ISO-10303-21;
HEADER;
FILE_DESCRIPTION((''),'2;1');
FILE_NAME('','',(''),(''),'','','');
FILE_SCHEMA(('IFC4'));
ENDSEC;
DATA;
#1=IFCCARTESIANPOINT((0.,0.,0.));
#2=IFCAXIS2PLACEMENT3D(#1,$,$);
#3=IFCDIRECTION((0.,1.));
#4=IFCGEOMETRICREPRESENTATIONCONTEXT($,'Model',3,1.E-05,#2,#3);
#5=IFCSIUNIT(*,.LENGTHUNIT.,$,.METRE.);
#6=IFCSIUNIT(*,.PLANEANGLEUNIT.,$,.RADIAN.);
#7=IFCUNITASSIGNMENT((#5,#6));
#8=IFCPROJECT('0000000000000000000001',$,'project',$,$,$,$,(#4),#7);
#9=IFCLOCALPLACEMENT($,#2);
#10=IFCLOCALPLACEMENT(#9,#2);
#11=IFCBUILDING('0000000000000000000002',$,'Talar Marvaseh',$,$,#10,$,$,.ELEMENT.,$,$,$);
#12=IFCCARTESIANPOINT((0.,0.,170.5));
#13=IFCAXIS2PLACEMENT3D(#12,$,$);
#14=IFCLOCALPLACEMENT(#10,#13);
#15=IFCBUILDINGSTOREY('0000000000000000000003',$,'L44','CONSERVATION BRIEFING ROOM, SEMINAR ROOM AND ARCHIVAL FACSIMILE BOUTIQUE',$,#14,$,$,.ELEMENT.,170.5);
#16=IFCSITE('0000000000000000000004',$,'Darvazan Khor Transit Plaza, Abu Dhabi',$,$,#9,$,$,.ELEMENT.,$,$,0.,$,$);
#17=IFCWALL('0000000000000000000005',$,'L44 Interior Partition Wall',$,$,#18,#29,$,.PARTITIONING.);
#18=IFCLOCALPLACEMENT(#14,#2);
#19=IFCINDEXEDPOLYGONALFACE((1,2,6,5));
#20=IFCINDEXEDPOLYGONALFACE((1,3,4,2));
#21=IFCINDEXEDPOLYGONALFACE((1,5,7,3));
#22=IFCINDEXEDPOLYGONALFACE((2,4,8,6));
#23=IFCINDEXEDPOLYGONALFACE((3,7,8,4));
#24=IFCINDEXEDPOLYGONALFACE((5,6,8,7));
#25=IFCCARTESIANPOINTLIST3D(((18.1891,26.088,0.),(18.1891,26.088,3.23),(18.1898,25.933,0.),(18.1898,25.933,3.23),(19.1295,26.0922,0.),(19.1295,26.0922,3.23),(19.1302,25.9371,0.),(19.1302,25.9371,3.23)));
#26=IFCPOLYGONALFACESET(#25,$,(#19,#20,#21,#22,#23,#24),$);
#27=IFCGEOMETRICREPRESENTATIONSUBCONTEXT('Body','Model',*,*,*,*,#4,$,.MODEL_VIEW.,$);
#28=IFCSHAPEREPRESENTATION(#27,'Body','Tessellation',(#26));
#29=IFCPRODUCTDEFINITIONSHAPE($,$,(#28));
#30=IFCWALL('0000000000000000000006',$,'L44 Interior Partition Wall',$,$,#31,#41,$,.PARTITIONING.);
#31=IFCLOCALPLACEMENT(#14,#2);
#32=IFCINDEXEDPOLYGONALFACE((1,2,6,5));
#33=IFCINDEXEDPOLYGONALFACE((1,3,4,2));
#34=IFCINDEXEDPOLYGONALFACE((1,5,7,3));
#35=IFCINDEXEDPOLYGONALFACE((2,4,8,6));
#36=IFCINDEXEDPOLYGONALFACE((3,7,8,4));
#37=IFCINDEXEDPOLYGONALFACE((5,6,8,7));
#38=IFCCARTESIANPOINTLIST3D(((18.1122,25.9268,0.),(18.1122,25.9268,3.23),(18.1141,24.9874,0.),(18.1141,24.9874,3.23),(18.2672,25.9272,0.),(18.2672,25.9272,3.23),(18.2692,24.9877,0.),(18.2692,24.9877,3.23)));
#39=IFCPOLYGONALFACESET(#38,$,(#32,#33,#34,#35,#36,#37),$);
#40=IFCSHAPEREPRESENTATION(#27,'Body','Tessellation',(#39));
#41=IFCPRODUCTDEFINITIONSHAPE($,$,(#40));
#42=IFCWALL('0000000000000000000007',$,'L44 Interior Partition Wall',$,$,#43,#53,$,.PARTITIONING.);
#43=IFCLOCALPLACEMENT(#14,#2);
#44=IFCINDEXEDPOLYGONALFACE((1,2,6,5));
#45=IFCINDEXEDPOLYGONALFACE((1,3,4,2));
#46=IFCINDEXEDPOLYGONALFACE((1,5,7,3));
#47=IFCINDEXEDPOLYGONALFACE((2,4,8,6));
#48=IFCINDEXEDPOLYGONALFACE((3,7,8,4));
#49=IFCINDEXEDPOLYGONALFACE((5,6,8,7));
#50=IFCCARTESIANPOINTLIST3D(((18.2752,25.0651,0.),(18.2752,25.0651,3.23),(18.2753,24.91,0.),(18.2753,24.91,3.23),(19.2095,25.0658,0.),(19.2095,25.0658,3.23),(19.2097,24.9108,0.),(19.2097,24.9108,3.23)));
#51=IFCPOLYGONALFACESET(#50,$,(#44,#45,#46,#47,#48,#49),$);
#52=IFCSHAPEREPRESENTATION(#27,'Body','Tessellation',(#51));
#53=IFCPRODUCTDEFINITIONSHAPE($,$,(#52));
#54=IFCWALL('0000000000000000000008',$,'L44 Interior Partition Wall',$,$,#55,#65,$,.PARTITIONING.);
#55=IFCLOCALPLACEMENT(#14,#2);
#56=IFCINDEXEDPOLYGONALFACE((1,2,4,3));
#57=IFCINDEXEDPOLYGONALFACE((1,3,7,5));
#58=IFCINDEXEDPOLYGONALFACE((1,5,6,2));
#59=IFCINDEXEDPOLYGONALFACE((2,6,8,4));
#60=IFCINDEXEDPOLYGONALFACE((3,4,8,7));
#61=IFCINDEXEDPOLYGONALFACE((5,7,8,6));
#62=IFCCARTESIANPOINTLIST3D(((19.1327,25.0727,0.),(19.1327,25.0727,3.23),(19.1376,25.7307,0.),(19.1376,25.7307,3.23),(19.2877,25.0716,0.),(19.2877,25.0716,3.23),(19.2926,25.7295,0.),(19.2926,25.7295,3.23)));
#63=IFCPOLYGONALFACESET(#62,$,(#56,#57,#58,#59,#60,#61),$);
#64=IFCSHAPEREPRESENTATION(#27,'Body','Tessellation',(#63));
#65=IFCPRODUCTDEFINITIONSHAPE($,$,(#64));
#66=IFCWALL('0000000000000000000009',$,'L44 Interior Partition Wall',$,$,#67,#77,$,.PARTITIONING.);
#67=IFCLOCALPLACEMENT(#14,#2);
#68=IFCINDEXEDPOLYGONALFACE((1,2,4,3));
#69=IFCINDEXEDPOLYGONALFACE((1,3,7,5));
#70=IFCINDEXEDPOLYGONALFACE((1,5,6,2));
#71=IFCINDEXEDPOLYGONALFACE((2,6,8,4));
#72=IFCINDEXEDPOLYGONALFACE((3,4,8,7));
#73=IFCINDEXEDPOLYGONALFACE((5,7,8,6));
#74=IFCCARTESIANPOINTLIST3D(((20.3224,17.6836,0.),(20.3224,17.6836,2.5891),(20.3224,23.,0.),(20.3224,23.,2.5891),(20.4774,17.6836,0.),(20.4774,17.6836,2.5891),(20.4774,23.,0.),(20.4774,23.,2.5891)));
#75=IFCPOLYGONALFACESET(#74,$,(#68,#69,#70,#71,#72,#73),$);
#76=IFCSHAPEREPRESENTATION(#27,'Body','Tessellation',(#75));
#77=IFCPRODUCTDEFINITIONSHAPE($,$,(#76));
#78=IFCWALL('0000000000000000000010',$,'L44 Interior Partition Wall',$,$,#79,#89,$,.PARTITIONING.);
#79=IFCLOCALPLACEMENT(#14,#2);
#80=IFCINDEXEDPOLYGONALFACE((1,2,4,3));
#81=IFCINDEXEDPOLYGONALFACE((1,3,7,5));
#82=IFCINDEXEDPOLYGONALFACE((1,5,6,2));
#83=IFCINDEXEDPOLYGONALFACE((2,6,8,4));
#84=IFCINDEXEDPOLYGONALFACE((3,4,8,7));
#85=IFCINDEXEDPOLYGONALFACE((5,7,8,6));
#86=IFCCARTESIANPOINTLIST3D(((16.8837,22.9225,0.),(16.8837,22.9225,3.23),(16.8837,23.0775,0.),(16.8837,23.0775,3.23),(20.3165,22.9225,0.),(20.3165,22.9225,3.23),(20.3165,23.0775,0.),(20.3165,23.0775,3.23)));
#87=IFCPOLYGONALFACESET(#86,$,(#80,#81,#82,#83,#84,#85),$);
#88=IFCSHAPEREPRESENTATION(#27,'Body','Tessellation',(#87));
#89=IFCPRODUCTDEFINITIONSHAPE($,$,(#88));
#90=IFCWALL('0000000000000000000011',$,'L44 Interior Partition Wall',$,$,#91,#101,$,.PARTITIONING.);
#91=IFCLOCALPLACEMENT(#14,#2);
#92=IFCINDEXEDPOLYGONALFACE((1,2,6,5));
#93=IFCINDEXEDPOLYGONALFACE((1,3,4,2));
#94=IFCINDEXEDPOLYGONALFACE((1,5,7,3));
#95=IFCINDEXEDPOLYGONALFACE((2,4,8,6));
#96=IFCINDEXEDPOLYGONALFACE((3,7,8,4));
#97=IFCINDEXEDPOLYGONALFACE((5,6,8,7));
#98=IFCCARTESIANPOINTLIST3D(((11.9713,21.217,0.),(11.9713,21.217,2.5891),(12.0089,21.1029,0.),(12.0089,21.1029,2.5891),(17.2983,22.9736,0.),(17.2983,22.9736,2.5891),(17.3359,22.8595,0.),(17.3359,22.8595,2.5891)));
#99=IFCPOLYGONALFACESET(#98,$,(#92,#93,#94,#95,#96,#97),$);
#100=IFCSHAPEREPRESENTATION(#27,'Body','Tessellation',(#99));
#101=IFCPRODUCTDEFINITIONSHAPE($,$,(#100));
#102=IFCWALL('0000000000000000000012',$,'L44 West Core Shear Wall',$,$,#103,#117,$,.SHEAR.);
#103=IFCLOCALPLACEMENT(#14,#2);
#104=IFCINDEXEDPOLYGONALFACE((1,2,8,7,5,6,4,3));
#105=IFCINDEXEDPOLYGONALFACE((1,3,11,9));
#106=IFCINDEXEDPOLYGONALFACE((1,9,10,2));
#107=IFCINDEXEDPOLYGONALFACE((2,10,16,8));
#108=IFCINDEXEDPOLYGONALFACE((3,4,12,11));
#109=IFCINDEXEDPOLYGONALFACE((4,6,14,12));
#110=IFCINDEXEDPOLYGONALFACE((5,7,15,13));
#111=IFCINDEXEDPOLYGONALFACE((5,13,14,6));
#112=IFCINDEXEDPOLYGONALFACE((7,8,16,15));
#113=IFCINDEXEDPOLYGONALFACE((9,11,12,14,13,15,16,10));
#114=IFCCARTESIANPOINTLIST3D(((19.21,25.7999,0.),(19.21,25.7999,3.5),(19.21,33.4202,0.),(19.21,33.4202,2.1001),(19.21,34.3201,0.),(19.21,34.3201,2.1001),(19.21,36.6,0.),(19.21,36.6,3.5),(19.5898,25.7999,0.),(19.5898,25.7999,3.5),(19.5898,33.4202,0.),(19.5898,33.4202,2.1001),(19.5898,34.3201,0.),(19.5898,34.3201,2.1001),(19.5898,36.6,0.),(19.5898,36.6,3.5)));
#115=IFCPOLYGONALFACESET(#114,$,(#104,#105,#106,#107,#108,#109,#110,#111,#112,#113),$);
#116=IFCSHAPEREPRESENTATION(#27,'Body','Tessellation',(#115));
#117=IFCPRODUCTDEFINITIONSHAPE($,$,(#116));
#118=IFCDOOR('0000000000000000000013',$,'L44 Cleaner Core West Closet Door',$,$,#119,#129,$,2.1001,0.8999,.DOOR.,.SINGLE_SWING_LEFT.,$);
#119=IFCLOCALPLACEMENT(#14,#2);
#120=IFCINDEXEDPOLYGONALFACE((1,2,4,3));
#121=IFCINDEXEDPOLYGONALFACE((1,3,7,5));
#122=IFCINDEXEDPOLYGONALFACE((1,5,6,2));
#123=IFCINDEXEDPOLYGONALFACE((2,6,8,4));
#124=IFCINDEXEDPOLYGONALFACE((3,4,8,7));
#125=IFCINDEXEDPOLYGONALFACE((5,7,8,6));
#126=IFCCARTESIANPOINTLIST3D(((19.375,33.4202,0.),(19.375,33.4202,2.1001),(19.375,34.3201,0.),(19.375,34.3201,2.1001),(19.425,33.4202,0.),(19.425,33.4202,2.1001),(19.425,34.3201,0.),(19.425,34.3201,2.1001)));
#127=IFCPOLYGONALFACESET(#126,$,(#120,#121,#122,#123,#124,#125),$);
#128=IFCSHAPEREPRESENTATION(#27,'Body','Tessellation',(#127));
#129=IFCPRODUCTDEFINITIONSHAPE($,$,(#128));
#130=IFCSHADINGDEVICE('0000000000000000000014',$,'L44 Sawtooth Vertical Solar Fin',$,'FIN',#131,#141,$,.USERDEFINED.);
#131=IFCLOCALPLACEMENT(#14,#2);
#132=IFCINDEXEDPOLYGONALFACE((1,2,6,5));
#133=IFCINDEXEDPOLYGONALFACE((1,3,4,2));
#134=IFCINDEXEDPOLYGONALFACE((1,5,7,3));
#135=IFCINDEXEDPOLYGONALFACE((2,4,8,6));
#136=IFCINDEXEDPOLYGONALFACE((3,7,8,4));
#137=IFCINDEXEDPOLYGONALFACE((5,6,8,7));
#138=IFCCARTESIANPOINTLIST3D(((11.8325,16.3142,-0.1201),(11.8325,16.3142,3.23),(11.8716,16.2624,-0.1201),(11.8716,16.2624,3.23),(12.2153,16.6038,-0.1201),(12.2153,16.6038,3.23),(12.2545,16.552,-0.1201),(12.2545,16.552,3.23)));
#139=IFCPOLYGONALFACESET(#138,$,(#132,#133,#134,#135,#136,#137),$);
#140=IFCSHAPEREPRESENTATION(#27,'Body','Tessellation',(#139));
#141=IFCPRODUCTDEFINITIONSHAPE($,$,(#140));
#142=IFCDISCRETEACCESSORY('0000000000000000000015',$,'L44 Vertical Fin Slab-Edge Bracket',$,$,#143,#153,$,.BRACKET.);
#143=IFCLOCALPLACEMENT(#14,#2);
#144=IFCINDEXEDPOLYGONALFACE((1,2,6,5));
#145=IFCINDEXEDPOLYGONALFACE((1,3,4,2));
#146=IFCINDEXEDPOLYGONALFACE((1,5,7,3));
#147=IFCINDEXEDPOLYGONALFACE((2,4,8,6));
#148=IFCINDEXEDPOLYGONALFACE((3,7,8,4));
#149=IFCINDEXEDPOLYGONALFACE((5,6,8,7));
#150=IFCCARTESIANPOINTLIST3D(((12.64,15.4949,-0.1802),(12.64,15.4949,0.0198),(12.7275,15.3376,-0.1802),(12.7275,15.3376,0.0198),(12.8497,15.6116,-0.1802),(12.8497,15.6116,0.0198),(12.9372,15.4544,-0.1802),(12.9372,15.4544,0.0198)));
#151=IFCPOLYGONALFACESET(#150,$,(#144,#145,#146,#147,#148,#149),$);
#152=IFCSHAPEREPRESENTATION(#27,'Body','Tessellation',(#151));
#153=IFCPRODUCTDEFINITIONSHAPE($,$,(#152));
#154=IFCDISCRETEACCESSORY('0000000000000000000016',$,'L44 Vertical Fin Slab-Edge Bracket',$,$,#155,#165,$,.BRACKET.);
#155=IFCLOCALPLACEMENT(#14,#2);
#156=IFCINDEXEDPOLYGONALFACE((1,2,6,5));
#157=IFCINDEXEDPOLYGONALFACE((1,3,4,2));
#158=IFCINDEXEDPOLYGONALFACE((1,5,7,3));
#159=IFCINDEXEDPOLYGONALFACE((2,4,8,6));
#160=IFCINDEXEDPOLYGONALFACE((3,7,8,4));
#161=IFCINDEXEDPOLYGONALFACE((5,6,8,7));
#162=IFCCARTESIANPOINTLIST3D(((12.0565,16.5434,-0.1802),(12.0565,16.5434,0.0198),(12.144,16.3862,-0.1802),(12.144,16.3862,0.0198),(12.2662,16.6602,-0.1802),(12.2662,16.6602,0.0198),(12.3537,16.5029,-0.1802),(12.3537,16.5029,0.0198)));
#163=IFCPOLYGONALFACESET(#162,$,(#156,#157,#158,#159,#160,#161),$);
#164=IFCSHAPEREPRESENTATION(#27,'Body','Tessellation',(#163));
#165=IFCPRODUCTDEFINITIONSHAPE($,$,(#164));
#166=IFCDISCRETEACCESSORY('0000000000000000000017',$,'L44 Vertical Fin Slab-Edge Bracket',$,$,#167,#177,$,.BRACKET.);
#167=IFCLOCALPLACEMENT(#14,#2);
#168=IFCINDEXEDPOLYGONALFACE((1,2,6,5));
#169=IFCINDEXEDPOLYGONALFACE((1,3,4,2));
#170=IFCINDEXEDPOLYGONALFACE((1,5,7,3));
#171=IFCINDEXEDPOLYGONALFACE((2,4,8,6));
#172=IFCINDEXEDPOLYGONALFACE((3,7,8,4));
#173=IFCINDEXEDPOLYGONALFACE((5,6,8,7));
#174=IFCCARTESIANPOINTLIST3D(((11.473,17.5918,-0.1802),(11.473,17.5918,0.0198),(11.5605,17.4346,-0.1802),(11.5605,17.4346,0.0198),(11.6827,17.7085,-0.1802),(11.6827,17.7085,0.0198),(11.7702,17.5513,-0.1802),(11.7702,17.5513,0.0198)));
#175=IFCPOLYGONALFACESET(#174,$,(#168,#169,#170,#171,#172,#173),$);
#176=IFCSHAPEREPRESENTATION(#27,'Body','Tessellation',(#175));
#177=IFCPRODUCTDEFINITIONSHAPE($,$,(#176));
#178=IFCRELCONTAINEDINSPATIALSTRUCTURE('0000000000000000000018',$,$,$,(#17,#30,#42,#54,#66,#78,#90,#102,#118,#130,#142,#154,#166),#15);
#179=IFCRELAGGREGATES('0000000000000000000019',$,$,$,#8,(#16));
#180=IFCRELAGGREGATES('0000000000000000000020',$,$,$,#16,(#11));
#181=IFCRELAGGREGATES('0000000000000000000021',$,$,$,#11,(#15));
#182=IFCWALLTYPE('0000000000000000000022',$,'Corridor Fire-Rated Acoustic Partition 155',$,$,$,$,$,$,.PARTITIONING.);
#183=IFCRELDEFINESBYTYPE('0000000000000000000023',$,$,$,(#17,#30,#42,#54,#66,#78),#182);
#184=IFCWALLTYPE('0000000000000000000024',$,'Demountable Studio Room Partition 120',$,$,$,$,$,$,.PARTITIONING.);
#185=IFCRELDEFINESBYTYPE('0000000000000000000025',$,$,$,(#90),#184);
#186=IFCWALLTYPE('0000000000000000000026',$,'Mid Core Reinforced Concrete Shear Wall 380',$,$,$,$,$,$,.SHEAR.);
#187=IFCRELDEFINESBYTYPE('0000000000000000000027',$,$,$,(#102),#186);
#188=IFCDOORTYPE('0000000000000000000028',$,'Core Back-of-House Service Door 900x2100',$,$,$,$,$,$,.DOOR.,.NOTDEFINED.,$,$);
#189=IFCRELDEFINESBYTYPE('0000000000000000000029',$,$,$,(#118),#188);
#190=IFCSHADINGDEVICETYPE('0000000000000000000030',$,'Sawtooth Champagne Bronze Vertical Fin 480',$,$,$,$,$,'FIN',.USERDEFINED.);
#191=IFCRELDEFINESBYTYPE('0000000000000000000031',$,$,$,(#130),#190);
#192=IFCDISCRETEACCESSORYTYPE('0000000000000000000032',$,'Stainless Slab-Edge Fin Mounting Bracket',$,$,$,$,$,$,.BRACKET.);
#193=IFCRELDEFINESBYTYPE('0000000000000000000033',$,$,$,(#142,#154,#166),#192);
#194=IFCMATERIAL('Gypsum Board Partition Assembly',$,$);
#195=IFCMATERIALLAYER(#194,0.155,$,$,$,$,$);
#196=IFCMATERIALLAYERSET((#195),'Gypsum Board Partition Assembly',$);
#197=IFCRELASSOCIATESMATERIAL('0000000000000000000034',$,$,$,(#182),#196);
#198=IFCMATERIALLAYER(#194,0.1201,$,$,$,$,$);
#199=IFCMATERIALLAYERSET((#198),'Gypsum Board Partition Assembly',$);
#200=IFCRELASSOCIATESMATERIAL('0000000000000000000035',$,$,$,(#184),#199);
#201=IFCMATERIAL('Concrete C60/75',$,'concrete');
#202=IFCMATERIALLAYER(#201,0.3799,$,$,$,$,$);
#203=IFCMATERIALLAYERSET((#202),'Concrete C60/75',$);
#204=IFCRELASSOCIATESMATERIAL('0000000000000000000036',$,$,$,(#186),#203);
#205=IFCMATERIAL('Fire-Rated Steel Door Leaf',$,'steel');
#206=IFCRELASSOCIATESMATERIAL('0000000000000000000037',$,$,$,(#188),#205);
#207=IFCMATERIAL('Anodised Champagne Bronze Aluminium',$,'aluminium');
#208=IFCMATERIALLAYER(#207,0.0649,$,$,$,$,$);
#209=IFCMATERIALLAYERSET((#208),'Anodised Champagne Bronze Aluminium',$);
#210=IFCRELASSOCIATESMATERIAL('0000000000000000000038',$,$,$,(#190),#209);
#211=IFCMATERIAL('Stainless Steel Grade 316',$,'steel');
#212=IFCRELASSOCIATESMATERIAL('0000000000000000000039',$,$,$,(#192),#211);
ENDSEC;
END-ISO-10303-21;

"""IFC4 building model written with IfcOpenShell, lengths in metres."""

from ifc_helpers import new_model, si_unit, direction, frame, frame_2d, origin, origin_2d, place, context, subcontext, project, spatial, rectangle, extrude, source, transform, mapped, material, layer, layer_set, type_object, type_shapes, element, fill, save


model = new_model("IFC4")

# Units and contexts
model_context = context("Model", 3, precision=1e-05, world=origin(), true_north=direction((0.0, 1.0)))
body_context = subcontext(model_context, "Body", "Model", "MODEL_VIEW")
ifc_project = project(units=[si_unit("LENGTHUNIT", "METRE"), si_unit("PLANEANGLEUNIT", "RADIAN")], contexts=[model_context])

# Site, building, storey
site_placement = place(None, origin())
site = spatial("IfcSite", under=ifc_project, at=site_placement, Name="Darvazan Khor Transit Plaza, Abu Dhabi", CompositionType="ELEMENT", RefElevation=0.0)
building_placement = place(site_placement, origin())
building = spatial("IfcBuilding", under=site, at=building_placement, Name="Talar Marvaseh", CompositionType="ELEMENT")
storey_placement = place(building_placement, frame((0.0, 0.0, 170.5)))
storey = spatial("IfcBuildingStorey", under=building, at=storey_placement, Name="L44", Description="CONSERVATION BRIEFING ROOM, SEMINAR ROOM AND ARCHIVAL FACSIMILE BOUTIQUE", CompositionType="ELEMENT", Elevation=170.5)

# Shared definitions
ifc_material_1 = material(Name="Concrete C60/75", Category="concrete")

# Shared definitions
ifc_material_2 = material(Name="Gypsum Board Partition Assembly")
ifc_layer_1 = layer(ifc_material_2, 0.155)
ifc_layer_set_1 = layer_set([ifc_layer_1], Name="Gypsum Board Partition Assembly")
wall_type_1 = type_object("IfcWallType", Name="Corridor Fire-Rated Acoustic Partition 155", PredefinedType="PARTITIONING", material=ifc_layer_set_1)

# Walls
wall_1_placement = place(storey_placement, frame((19.1299, 26.0146, 0.0), z_axis=(0.0, 0.0, 1.0), x_axis=(-0.99999, -0.004413, 0.0)))
element("IfcWall", 1, at=wall_1_placement, inside=storey, type_object=wall_type_1, Name="L44 Interior Partition Wall", PredefinedType="PARTITIONING", context=body_context, shape_type="SweptSolid", body=[
    extrude(rectangle(XDim=0.9404, YDim=0.155, at=frame_2d((0.4702, 0.0))), origin(), (0.0, 0.0, 1.0), 3.23),
])
wall_2_placement = place(storey_placement, frame((18.1897, 25.927, 0.0), z_axis=(0.0, 0.0, 1.0), x_axis=(0.002079, -0.999998, 0.0)))
element("IfcWall", 2, at=wall_2_placement, inside=storey, type_object=wall_type_1, Name="L44 Interior Partition Wall", PredefinedType="PARTITIONING", context=body_context, shape_type="SweptSolid", body=[
    extrude(rectangle(XDim=0.9395, YDim=0.155, at=frame_2d((0.4697, 0.0))), origin(), (0.0, 0.0, 1.0), 3.23),
])
wall_3_placement = place(storey_placement, frame((18.2751, 24.9875, 0.0), z_axis=(0.0, 0.0, 1.0), x_axis=(1.0, 0.000784, 0.0)))
element("IfcWall", 3, at=wall_3_placement, inside=storey, type_object=wall_type_1, Name="L44 Interior Partition Wall", PredefinedType="PARTITIONING", context=body_context, shape_type="SweptSolid", body=[
    extrude(rectangle(XDim=0.9343, YDim=0.155, at=frame_2d((0.4673, 0.0))), origin(), (0.0, 0.0, 1.0), 3.23),
])
wall_4_placement = place(storey_placement, frame((19.2102, 25.072, 0.0), z_axis=(0.0, 0.0, 1.0), x_axis=(0.007421, 0.999972, 0.0)))
element("IfcWall", 4, at=wall_4_placement, inside=storey, type_object=wall_type_1, Name="L44 Interior Partition Wall", PredefinedType="PARTITIONING", context=body_context, shape_type="SweptSolid", body=[
    extrude(rectangle(XDim=0.658, YDim=0.155, at=frame_2d((0.3291, 0.0))), origin(), (0.0, 0.0, 1.0), 3.23),
])
wall_5_placement = place(storey_placement, frame((20.3999, 17.6836, 0.0), z_axis=(0.0, 0.0, 1.0), x_axis=(0.0, 1.0, 0.0)))
element("IfcWall", 5, at=wall_5_placement, inside=storey, type_object=wall_type_1, Name="L44 Interior Partition Wall", PredefinedType="PARTITIONING", context=body_context, shape_type="SweptSolid", body=[
    extrude(rectangle(XDim=5.3164, YDim=0.155, at=frame_2d((2.6582, 0.0))), origin(), (0.0, 0.0, 1.0), 2.5891),
])
wall_6_placement = place(storey_placement, frame((20.3164, 23.0, 0.0), z_axis=(0.0, 0.0, 1.0), x_axis=(-1.0, 0.0, 0.0)))
element("IfcWall", 6, at=wall_6_placement, inside=storey, type_object=wall_type_1, Name="L44 Interior Partition Wall", PredefinedType="PARTITIONING", context=body_context, shape_type="SweptSolid", body=[
    extrude(rectangle(XDim=3.4329, YDim=0.155, at=frame_2d((1.7163, 0.0))), origin(), (0.0, 0.0, 1.0), 3.23),
])
ifc_layer_2 = layer(ifc_material_2, 0.1201)
ifc_layer_set_2 = layer_set([ifc_layer_2], Name="Gypsum Board Partition Assembly")
wall_type_2 = type_object("IfcWallType", Name="Demountable Studio Room Partition 120", PredefinedType="PARTITIONING", material=ifc_layer_set_2)
wall_7_placement = place(storey_placement, frame((11.99, 21.1599, 0.0), z_axis=(0.0, 0.0, 1.0), x_axis=(0.949697, 0.313171, 0.0)))
element("IfcWall", 7, at=wall_7_placement, inside=storey, type_object=wall_type_2, Name="L44 Interior Partition Wall", PredefinedType="PARTITIONING", context=body_context, shape_type="SweptSolid", body=[
    extrude(rectangle(XDim=5.6091, YDim=0.1201, at=frame_2d((2.8047, 0.0))), origin(), (0.0, 0.0, 1.0), 2.5891),
])

# Wall, opening, door
ifc_layer_3 = layer(ifc_material_1, 0.3799)
ifc_layer_set_3 = layer_set([ifc_layer_3], Name="Concrete C60/75")
wall_type_3 = type_object("IfcWallType", Name="Mid Core Reinforced Concrete Shear Wall 380", PredefinedType="SHEAR", material=ifc_layer_set_3)
wall_8_placement = place(storey_placement, frame((19.3999, 25.8, 0.0), z_axis=(0.0, 0.0, 1.0), x_axis=(0.0, 1.0, 0.0)))
wall_8 = element("IfcWall", 8, at=wall_8_placement, inside=storey, type_object=wall_type_3, Name="L44 West Core Shear Wall", PredefinedType="SHEAR", context=body_context, shape_type="SweptSolid", body=[
    extrude(rectangle(XDim=10.8, YDim=0.3799, at=frame_2d((5.3999, 0.0))), origin(), (0.0, 0.0, 1.0), 3.5),
])
opening_1_placement = place(wall_8_placement, frame((7.6201, 0.0, 0.0)))
opening_1 = element("IfcOpeningElement", 9, at=opening_1_placement, cuts=wall_8, PredefinedType="OPENING", context=body_context, shape_type="SweptSolid", body=[
    extrude(rectangle(XDim=0.8999, YDim=2.1001, at=frame_2d((0.45, 1.05))), frame((0.0, 0.2, 0.0), z_axis=(0.0, -1.0, 0.0), x_axis=(1.0, 0.0, 0.0)), (0.0, 0.0, 1.0), 0.3999),
])
ifc_material_3 = material(Name="Fire-Rated Steel Door Leaf", Category="steel")
door_type_1 = type_object("IfcDoorType", Name="Core Back-of-House Service Door 900x2100", OperationType="NOTDEFINED", PredefinedType="DOOR", material=ifc_material_3)
shared_shape_1 = source(origin(), body_context, "Body", "SweptSolid", [
    extrude(rectangle(XDim=0.8999, YDim=2.1001, at=frame_2d((0.45, 1.05))), frame((0.0, 0.0249, 0.0), z_axis=(0.0, -1.0, 0.0), x_axis=(1.0, 0.0, 0.0)), (0.0, 0.0, 1.0), 0.05),
])
type_shapes(door_type_1, [shared_shape_1])
door_1_placement = place(opening_1_placement, origin())
door_1 = element("IfcDoor", 10, at=door_1_placement, inside=storey, type_object=door_type_1, Name="L44 Cleaner Core West Closet Door", OperationType="SINGLE_SWING_LEFT", OverallHeight=2.1001, OverallWidth=0.8999, PredefinedType="DOOR", context=body_context, shape_type="MappedRepresentation", body=[
    mapped(shared_shape_1, transform((0.0, 0.0, 0.0), x_axis=(1.0, 0.0, 0.0), y_axis=(0.0, 1.0, 0.0), z_axis=(0.0, 0.0, 1.0), scale=1.0)),
])
fill(opening_1, door_1)

# Shading device
ifc_material_4 = material(Name="Anodised Champagne Bronze Aluminium", Category="aluminium")
ifc_layer_4 = layer(ifc_material_4, 0.0649)
ifc_layer_set_4 = layer_set([ifc_layer_4], Name="Anodised Champagne Bronze Aluminium")
shading_device_type = type_object("IfcShadingDeviceType", Name="Sawtooth Champagne Bronze Vertical Fin 480", ElementType="FIN", PredefinedType="USERDEFINED", material=ifc_layer_set_4)
shared_shape_2 = source(origin(), body_context, "Body", "SweptSolid", [
    extrude(rectangle(XDim=0.48, YDim=0.0649, at=origin_2d()), origin(), (0.0, 0.0, 1.0), 3.3501),
])
type_shapes(shading_device_type, [shared_shape_2])
shading_device_placement = place(storey_placement, frame((12.0435, 16.4331, -0.1201), z_axis=(0.0, 0.0, 1.0), x_axis=(-0.797584, -0.603208, 0.0)))
element("IfcShadingDevice", 11, at=shading_device_placement, inside=storey, type_object=shading_device_type, Name="L44 Sawtooth Vertical Solar Fin", ObjectType="FIN", PredefinedType="USERDEFINED", context=body_context, shape_type="MappedRepresentation", body=[
    mapped(shared_shape_2, transform((0.0, 0.0, 0.0), x_axis=(1.0, 0.0, 0.0), y_axis=(0.0, 1.0, 0.0), z_axis=(0.0, 0.0, 1.0), scale=1.0)),
])

# Discrete accessories
ifc_material_5 = material(Name="Stainless Steel Grade 316", Category="steel")
discrete_accessory_type = type_object("IfcDiscreteAccessoryType", Name="Stainless Slab-Edge Fin Mounting Bracket", PredefinedType="BRACKET", material=ifc_material_5)
shared_shape_3 = source(origin(), body_context, "Body", "SweptSolid", [
    extrude(rectangle(XDim=0.24, YDim=0.1799, at=origin_2d()), origin(), (0.0, 0.0, 1.0), 0.2),
])
type_shapes(discrete_accessory_type, [shared_shape_3])
for number, where, z_axis, x_axis, name in (
    (12, (12.7886, 15.4746, -0.1802), (0.0, 0.0, 1.0), (-0.873772, -0.486335, 0.0), "L44 Vertical Fin Slab-Edge Bracket"),
    (13, (12.2051, 16.5232, -0.1802), (0.0, 0.0, 1.0), (-0.873772, -0.486335, 0.0), "L44 Vertical Fin Slab-Edge Bracket"),
    (14, (11.6216, 17.5715, -0.1802), (0.0, 0.0, 1.0), (-0.873772, -0.486335, 0.0), "L44 Vertical Fin Slab-Edge Bracket"),
):
    element("IfcDiscreteAccessory", number, at=place(storey_placement, frame(where, z_axis=z_axis, x_axis=x_axis)), inside=storey, type_object=discrete_accessory_type, Name=name, PredefinedType="BRACKET", context=body_context, shape_type="MappedRepresentation", body=[
        mapped(shared_shape_3, transform((0.0, 0.0, 0.0), x_axis=(1.0, 0.0, 0.0), y_axis=(0.0, 1.0, 0.0), z_axis=(0.0, 0.0, 1.0), scale=1.0)),
    ])

save(model, "model.ifc")
